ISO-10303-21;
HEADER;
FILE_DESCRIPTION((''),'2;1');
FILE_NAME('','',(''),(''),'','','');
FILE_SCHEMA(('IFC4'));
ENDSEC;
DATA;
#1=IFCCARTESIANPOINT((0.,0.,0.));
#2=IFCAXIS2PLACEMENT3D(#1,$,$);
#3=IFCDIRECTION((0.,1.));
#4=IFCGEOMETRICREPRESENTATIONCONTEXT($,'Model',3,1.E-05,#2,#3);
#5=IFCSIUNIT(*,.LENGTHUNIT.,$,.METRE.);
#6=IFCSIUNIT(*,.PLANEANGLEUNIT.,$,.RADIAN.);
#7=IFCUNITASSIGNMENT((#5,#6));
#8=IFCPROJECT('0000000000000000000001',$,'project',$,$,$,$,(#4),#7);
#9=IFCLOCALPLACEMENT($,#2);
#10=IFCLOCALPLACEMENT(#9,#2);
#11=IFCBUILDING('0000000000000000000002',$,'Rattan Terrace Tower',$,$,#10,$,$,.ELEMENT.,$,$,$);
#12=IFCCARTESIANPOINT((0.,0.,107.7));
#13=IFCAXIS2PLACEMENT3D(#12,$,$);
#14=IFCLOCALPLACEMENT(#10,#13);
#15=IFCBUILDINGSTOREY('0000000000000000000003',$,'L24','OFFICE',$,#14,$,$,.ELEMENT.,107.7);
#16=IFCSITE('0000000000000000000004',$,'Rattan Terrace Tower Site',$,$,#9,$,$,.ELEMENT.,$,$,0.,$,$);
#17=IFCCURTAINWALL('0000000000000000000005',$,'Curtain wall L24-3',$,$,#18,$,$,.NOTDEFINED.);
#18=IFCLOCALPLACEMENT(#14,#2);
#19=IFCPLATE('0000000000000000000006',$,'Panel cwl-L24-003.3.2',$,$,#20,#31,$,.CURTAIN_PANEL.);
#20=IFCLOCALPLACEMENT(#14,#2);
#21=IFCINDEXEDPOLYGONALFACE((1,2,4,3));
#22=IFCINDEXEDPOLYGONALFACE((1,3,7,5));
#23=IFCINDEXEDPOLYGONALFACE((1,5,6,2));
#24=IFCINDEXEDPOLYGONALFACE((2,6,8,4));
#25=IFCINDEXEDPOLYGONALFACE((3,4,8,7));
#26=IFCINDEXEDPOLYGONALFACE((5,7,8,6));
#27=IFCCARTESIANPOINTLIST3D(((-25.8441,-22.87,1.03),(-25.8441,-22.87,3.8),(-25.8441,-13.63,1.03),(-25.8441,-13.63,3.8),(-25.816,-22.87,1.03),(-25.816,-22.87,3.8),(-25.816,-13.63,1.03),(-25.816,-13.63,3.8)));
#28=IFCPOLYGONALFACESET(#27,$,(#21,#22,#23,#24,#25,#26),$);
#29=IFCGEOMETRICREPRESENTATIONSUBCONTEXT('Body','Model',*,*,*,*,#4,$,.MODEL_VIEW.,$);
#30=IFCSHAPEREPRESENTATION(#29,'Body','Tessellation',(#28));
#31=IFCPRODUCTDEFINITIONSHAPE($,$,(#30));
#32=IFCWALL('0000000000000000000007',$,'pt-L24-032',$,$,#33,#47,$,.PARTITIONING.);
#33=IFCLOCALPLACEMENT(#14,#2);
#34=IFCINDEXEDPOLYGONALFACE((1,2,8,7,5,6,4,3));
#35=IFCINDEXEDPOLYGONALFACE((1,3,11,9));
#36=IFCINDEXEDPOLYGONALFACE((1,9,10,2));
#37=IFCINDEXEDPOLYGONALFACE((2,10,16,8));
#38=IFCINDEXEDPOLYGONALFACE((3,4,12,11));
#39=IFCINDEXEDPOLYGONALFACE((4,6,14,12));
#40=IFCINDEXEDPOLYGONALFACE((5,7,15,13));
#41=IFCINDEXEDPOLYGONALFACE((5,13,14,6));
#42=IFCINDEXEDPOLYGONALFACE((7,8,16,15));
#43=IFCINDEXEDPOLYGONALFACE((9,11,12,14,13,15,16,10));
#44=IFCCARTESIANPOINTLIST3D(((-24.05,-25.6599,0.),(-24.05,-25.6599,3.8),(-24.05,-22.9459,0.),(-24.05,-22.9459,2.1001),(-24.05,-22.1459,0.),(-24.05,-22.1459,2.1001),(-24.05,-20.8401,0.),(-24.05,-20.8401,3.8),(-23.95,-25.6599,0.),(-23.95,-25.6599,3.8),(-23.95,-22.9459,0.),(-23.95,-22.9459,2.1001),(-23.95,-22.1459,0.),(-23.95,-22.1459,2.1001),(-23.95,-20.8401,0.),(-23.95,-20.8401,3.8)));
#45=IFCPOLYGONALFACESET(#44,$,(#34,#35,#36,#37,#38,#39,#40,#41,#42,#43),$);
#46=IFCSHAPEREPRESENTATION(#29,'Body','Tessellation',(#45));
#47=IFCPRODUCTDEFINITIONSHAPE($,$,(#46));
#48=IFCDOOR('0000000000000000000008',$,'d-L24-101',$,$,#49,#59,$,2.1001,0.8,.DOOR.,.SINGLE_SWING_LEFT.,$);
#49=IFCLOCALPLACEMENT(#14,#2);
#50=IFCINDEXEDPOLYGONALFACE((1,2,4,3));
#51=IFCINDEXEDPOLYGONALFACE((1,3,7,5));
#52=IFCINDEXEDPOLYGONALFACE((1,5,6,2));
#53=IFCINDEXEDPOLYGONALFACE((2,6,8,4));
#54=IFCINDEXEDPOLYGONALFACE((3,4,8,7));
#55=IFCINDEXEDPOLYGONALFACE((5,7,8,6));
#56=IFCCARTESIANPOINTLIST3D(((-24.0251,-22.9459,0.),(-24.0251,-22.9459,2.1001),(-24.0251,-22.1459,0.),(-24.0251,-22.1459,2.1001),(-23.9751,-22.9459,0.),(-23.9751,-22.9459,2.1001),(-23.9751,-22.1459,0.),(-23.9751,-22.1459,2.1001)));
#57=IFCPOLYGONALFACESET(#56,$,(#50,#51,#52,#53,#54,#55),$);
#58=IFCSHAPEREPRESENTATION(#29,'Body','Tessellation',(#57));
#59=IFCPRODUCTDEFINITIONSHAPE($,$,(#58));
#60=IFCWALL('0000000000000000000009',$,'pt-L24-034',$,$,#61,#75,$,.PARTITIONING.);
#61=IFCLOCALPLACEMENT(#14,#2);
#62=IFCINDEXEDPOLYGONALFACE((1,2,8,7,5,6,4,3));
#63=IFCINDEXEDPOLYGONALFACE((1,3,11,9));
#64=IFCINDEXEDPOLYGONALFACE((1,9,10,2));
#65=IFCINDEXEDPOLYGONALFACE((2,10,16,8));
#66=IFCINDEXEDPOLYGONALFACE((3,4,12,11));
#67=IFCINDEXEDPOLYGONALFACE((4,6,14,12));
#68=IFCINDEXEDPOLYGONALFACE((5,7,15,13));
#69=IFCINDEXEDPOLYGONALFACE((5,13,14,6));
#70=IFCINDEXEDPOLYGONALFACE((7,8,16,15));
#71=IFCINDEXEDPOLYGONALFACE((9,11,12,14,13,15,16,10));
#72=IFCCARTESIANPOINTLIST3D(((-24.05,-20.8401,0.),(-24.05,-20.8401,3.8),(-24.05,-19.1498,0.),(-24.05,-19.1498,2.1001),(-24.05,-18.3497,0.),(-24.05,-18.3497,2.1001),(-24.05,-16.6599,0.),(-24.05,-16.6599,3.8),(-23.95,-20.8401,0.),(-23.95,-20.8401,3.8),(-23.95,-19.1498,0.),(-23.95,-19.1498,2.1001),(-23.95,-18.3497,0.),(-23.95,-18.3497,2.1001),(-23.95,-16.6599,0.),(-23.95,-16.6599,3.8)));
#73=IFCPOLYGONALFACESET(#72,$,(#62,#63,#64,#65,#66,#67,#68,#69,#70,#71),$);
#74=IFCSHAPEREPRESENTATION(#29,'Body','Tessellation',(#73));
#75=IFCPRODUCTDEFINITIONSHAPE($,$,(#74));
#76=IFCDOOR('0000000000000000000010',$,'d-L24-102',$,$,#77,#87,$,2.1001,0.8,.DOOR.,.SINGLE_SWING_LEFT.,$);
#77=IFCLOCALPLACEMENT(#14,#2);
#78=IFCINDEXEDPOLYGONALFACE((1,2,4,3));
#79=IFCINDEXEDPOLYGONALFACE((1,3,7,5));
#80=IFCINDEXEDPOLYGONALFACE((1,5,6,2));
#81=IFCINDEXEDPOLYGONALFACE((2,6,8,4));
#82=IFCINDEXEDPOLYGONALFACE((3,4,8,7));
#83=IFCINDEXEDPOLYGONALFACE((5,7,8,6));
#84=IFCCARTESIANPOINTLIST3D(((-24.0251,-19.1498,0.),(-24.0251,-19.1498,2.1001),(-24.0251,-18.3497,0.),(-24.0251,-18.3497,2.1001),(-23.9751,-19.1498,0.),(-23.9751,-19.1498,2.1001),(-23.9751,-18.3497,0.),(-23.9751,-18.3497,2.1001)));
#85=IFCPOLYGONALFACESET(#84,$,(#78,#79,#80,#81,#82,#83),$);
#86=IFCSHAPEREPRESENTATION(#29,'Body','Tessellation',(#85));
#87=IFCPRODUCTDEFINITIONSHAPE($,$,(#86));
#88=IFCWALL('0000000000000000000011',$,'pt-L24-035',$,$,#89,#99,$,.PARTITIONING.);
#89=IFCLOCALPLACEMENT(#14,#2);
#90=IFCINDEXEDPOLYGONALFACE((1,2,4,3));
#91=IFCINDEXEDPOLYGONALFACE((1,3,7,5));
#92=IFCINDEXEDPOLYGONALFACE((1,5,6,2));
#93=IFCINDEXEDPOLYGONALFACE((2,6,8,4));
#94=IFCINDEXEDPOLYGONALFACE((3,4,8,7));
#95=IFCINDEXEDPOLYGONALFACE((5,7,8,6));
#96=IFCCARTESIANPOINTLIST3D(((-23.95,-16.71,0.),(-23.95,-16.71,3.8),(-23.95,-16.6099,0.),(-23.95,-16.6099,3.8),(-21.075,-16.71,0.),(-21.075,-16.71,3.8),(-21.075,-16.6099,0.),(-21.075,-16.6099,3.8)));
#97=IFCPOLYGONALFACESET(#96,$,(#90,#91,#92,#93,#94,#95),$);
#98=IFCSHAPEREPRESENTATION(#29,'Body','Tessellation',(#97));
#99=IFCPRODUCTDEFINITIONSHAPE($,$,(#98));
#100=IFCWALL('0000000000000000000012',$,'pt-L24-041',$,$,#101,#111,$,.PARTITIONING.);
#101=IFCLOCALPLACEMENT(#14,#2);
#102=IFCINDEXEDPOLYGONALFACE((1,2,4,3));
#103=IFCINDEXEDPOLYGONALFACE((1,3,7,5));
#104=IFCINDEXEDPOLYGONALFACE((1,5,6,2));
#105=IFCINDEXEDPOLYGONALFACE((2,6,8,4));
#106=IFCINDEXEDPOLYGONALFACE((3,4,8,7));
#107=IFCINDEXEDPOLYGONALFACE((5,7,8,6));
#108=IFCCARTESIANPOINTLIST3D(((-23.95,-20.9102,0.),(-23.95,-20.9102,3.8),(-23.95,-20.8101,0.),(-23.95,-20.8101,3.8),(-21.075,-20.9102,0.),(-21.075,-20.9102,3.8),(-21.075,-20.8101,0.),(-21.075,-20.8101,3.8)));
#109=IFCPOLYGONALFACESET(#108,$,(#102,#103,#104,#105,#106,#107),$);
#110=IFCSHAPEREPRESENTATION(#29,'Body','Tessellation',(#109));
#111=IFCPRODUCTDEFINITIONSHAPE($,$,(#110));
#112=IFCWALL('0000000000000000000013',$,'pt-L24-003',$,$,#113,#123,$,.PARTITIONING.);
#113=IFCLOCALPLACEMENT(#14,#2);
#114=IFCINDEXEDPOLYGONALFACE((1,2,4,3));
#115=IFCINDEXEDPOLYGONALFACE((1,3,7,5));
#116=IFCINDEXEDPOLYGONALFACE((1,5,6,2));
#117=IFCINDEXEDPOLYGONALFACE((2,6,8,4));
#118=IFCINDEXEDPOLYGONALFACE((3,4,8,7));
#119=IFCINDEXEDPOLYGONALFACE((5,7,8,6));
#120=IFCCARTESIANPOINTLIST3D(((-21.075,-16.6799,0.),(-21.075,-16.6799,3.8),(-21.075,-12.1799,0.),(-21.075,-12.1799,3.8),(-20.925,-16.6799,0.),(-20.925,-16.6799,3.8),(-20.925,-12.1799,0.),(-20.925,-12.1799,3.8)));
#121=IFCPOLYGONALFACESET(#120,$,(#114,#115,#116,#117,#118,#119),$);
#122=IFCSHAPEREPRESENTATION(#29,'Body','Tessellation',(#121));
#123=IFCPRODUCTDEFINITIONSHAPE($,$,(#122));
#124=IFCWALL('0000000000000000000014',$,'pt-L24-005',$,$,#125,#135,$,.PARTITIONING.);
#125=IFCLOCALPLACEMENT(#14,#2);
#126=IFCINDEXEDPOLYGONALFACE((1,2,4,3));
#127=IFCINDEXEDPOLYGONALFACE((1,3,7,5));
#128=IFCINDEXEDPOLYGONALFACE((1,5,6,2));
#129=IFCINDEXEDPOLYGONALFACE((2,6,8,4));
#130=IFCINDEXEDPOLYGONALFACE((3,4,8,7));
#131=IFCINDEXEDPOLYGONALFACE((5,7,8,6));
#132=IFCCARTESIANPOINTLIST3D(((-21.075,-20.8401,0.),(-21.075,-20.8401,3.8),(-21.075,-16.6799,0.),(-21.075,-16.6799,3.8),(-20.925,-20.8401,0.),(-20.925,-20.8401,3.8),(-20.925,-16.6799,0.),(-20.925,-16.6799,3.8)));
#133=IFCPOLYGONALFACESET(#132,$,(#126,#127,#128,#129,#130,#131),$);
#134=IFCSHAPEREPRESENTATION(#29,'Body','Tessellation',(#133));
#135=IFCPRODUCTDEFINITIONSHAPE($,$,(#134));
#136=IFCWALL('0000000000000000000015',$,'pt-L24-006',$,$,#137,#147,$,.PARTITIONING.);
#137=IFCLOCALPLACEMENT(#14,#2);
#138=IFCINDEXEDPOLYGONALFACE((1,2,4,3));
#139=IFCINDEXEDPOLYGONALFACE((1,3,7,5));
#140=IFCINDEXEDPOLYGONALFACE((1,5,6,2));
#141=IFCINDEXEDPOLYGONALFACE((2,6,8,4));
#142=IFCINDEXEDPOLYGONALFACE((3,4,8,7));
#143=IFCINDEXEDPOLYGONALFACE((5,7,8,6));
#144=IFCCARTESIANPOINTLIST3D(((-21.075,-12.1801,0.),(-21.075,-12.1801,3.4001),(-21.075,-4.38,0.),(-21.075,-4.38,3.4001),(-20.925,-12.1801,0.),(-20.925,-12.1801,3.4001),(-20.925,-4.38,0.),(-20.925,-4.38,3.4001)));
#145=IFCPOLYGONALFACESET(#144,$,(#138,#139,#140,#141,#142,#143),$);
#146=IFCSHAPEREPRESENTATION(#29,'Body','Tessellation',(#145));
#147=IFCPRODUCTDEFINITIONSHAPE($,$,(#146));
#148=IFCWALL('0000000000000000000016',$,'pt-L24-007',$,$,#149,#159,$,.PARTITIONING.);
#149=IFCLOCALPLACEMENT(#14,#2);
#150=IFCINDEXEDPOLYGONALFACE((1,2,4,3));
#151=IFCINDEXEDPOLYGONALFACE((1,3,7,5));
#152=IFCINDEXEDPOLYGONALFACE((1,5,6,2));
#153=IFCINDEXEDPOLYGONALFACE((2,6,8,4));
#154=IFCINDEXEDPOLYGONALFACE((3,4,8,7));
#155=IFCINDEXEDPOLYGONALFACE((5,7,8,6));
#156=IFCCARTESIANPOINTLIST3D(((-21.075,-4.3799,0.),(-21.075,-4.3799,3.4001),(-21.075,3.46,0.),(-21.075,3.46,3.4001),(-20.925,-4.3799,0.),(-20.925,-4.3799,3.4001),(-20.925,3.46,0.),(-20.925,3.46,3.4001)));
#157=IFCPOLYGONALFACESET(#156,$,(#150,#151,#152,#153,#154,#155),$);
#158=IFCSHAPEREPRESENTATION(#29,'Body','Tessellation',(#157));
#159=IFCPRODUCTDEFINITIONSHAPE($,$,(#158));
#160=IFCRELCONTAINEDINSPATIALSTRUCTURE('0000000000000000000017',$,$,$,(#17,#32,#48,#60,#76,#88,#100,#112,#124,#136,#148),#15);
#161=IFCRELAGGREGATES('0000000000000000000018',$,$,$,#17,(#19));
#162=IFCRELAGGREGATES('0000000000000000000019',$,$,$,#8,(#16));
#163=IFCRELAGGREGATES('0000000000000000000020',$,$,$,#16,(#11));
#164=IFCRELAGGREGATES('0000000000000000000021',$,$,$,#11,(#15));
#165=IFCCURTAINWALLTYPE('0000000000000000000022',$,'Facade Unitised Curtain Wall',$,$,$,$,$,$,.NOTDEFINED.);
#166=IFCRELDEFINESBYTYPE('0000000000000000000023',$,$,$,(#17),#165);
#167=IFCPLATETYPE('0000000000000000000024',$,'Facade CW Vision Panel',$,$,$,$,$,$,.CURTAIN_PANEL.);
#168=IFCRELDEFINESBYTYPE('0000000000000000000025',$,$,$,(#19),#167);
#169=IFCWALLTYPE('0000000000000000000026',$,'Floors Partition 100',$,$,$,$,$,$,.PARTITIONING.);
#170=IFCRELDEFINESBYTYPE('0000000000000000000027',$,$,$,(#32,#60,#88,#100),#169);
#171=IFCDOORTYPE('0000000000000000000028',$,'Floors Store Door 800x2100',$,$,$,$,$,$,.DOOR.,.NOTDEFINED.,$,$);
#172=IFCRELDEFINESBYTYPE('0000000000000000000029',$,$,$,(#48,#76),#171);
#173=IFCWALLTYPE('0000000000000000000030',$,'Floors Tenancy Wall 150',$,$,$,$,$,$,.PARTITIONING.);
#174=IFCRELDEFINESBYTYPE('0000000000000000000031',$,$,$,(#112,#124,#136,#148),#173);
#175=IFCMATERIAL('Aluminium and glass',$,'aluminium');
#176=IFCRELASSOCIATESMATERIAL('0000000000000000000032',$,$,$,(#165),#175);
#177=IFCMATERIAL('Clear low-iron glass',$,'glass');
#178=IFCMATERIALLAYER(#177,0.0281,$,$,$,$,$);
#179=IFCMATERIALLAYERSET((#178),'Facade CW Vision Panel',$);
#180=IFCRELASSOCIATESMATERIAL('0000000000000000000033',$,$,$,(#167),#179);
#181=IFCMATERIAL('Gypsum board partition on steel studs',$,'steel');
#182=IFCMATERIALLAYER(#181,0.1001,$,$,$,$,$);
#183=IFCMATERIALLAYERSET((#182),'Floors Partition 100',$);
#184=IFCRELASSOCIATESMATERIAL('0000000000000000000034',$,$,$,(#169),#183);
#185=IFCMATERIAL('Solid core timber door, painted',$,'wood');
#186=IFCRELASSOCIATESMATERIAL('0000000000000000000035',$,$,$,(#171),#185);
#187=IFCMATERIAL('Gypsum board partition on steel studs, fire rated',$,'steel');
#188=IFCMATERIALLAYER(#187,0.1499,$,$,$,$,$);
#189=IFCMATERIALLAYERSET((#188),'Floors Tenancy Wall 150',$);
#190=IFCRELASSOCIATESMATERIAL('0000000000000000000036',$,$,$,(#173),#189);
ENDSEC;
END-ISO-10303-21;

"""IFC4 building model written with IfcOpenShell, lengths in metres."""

from ifc_helpers import new_model, si_unit, direction, frame, frame_2d, origin, origin_2d, place, context, subcontext, project, spatial, rectangle, extrude, material, layer, layer_set, type_object, element, fill, aggregate, save


model = new_model("IFC4")

# Units and contexts
model_context = context("Model", 3, precision=1e-05, world=origin(), true_north=direction((0.0, 1.0)))
body_context = subcontext(model_context, "Body", "Model", "MODEL_VIEW")
ifc_project = project(units=[si_unit("LENGTHUNIT", "METRE"), si_unit("PLANEANGLEUNIT", "RADIAN")], contexts=[model_context])

# Site, building, storey
site_placement = place(None, origin())
site = spatial("IfcSite", under=ifc_project, at=site_placement, Name="Rattan Terrace Tower Site", CompositionType="ELEMENT", RefElevation=0.0)
building_placement = place(site_placement, origin())
building = spatial("IfcBuilding", under=site, at=building_placement, Name="Rattan Terrace Tower", CompositionType="ELEMENT")
storey_placement = place(building_placement, frame((0.0, 0.0, 107.7)))
storey = spatial("IfcBuildingStorey", under=building, at=storey_placement, Name="L24", Description="OFFICE", CompositionType="ELEMENT", Elevation=107.7)

# Curtain wall
ifc_material_1 = material(Name="Aluminium and glass", Category="aluminium")
curtain_wall_type = type_object("IfcCurtainWallType", Name="Facade Unitised Curtain Wall", PredefinedType="NOTDEFINED", material=ifc_material_1)
curtain_wall_placement = place(storey_placement, origin())
curtain_wall = element("IfcCurtainWall", 1, at=curtain_wall_placement, inside=storey, type_object=curtain_wall_type, Name="Curtain wall L24-3", PredefinedType="NOTDEFINED")

# Plate
ifc_material_2 = material(Name="Clear low-iron glass", Category="glass")
ifc_layer_1 = layer(ifc_material_2, 0.0281)
ifc_layer_set_1 = layer_set([ifc_layer_1], Name="Facade CW Vision Panel")
plate_type_1 = type_object("IfcPlateType", Name="Facade CW Vision Panel", PredefinedType="CURTAIN_PANEL", material=ifc_layer_set_1)
plate_1_placement = place(storey_placement, frame((-25.8301, -18.25, 1.03), z_axis=(0.0, 0.0, 1.0), x_axis=(0.0, -1.0, 0.0)))
plate_1 = element("IfcPlate", 2, at=plate_1_placement, type_object=plate_type_1, Name="Panel cwl-L24-003.3.2", PredefinedType="CURTAIN_PANEL", context=body_context, shape_type="SweptSolid", body=[
    extrude(rectangle(XDim=9.24, YDim=0.0281, at=origin_2d()), origin(), (0.0, 0.0, 1.0), 2.77),
])
aggregate(curtain_wall, [plate_1])

# Walls, openings, doors
ifc_material_3 = material(Name="Gypsum board partition on steel studs", Category="steel")
ifc_layer_2 = layer(ifc_material_3, 0.1001)
ifc_layer_set_2 = layer_set([ifc_layer_2], Name="Floors Partition 100")
wall_type_1 = type_object("IfcWallType", Name="Floors Partition 100", PredefinedType="PARTITIONING", material=ifc_layer_set_2)
wall_1_placement = place(storey_placement, frame((-24.0, -20.8401, 0.0), z_axis=(0.0, 0.0, 1.0), x_axis=(0.0, -1.0, 0.0)))
wall_1 = element("IfcWall", 3, at=wall_1_placement, inside=storey, type_object=wall_type_1, Name="pt-L24-032", PredefinedType="PARTITIONING", context=body_context, shape_type="SweptSolid", body=[
    extrude(rectangle(XDim=4.8198, YDim=0.1001, at=frame_2d((2.4099, 0.0))), origin(), (0.0, 0.0, 1.0), 3.8),
])
opening_1_placement = place(wall_1_placement, frame((1.3059, 0.0, 0.0)))
opening_1 = element("IfcOpeningElement", 4, at=opening_1_placement, cuts=wall_1, PredefinedType="OPENING", context=body_context, shape_type="SweptSolid", body=[
    extrude(rectangle(XDim=0.8, YDim=2.1001, at=frame_2d((0.3999, 1.05))), frame((0.0, 0.0605, 0.0), z_axis=(0.0, -1.0, 0.0), x_axis=(1.0, 0.0, 0.0)), (0.0, 0.0, 1.0), 0.1211),
])
ifc_material_4 = material(Name="Solid core timber door, painted", Category="wood")
door_type_1 = type_object("IfcDoorType", Name="Floors Store Door 800x2100", OperationType="NOTDEFINED", PredefinedType="DOOR", material=ifc_material_4)
door_1_placement = place(opening_1_placement, origin())
door_1 = element("IfcDoor", 5, at=door_1_placement, inside=storey, type_object=door_type_1, Name="d-L24-101", OperationType="SINGLE_SWING_LEFT", OverallHeight=2.1001, OverallWidth=0.8, PredefinedType="DOOR", context=body_context, shape_type="SweptSolid", body=[
    extrude(rectangle(XDim=0.8, YDim=2.1001, at=frame_2d((0.3999, 1.05))), frame((0.0, 0.0249, 0.0), z_axis=(0.0, -1.0, 0.0), x_axis=(1.0, 0.0, 0.0)), (0.0, 0.0, 1.0), 0.05),
])
fill(opening_1, door_1)
wall_2_placement = place(storey_placement, frame((-24.0, -16.6599, 0.0), z_axis=(0.0, 0.0, 1.0), x_axis=(0.0, -1.0, 0.0)))
wall_2 = element("IfcWall", 6, at=wall_2_placement, inside=storey, type_object=wall_type_1, Name="pt-L24-034", PredefinedType="PARTITIONING", context=body_context, shape_type="SweptSolid", body=[
    extrude(rectangle(XDim=4.1802, YDim=0.1001, at=frame_2d((2.0901, 0.0))), origin(), (0.0, 0.0, 1.0), 3.8),
])
opening_2_placement = place(wall_2_placement, frame((1.6899, 0.0, 0.0)))
opening_2 = element("IfcOpeningElement", 7, at=opening_2_placement, cuts=wall_2, PredefinedType="OPENING", context=body_context, shape_type="SweptSolid", body=[
    extrude(rectangle(XDim=0.8, YDim=2.1001, at=frame_2d((0.3999, 1.05))), frame((0.0, 0.0605, 0.0), z_axis=(0.0, -1.0, 0.0), x_axis=(1.0, 0.0, 0.0)), (0.0, 0.0, 1.0), 0.1211),
])
door_2_placement = place(opening_2_placement, origin())
door_2 = element("IfcDoor", 8, at=door_2_placement, inside=storey, type_object=door_type_1, Name="d-L24-102", OperationType="SINGLE_SWING_LEFT", OverallHeight=2.1001, OverallWidth=0.8, PredefinedType="DOOR", context=body_context, shape_type="SweptSolid", body=[
    extrude(rectangle(XDim=0.8, YDim=2.1001, at=frame_2d((0.3999, 1.05))), frame((0.0, 0.0249, 0.0), z_axis=(0.0, -1.0, 0.0), x_axis=(1.0, 0.0, 0.0)), (0.0, 0.0, 1.0), 0.05),
])
fill(opening_2, door_2)

# Walls
for number, where, z_axis, x_axis, name in (
    (9, (-21.075, -16.6599, 0.0), (0.0, 0.0, 1.0), (-1.0, 0.0, 0.0), "pt-L24-035"),
    (10, (-23.95, -20.8601, 0.0), (0.0, 0.0, 1.0), (1.0, 0.0, 0.0), "pt-L24-041"),
):
    element("IfcWall", number, at=place(storey_placement, frame(where, z_axis=z_axis, x_axis=x_axis)), inside=storey, type_object=wall_type_1, Name=name, PredefinedType="PARTITIONING", context=body_context, shape_type="SweptSolid", body=[
        extrude(rectangle(XDim=2.875, YDim=0.1001, at=frame_2d((1.4375, 0.0))), origin(), (0.0, 0.0, 1.0), 3.8),
    ])
ifc_material_5 = material(Name="Gypsum board partition on steel studs, fire rated", Category="steel")
ifc_layer_3 = layer(ifc_material_5, 0.1499)
ifc_layer_set_3 = layer_set([ifc_layer_3], Name="Floors Tenancy Wall 150")
wall_type_2 = type_object("IfcWallType", Name="Floors Tenancy Wall 150", PredefinedType="PARTITIONING", material=ifc_layer_set_3)
wall_3_placement = place(storey_placement, frame((-21.0, -16.6799, 0.0), z_axis=(0.0, 0.0, 1.0), x_axis=(0.0, 1.0, 0.0)))
element("IfcWall", 11, at=wall_3_placement, inside=storey, type_object=wall_type_2, Name="pt-L24-003", PredefinedType="PARTITIONING", context=body_context, shape_type="SweptSolid", body=[
    extrude(rectangle(XDim=4.5, YDim=0.1499, at=frame_2d((2.25, 0.0))), origin(), (0.0, 0.0, 1.0), 3.8),
])
wall_4_placement = place(storey_placement, frame((-21.0, -20.8401, 0.0), z_axis=(0.0, 0.0, 1.0), x_axis=(0.0, 1.0, 0.0)))
element("IfcWall", 12, at=wall_4_placement, inside=storey, type_object=wall_type_2, Name="pt-L24-005", PredefinedType="PARTITIONING", context=body_context, shape_type="SweptSolid", body=[
    extrude(rectangle(XDim=4.1602, YDim=0.1499, at=frame_2d((2.0801, 0.0))), origin(), (0.0, 0.0, 1.0), 3.8),
])
wall_5_placement = place(storey_placement, frame((-21.0, -12.1799, 0.0), z_axis=(0.0, 0.0, 1.0), x_axis=(0.0, 1.0, 0.0)))
element("IfcWall", 13, at=wall_5_placement, inside=storey, type_object=wall_type_2, Name="pt-L24-006", PredefinedType="PARTITIONING", context=body_context, shape_type="SweptSolid", body=[
    extrude(rectangle(XDim=7.8, YDim=0.1499, at=frame_2d((3.8999, 0.0))), origin(), (0.0, 0.0, 1.0), 3.4001),
])
wall_6_placement = place(storey_placement, frame((-21.0, -4.3799, 0.0), z_axis=(0.0, 0.0, 1.0), x_axis=(0.0, 1.0, 0.0)))
element("IfcWall", 14, at=wall_6_placement, inside=storey, type_object=wall_type_2, Name="pt-L24-007", PredefinedType="PARTITIONING", context=body_context, shape_type="SweptSolid", body=[
    extrude(rectangle(XDim=7.8398, YDim=0.1499, at=frame_2d((3.9199, 0.0))), origin(), (0.0, 0.0, 1.0), 3.4001),
])

save(model, "model.ifc")
